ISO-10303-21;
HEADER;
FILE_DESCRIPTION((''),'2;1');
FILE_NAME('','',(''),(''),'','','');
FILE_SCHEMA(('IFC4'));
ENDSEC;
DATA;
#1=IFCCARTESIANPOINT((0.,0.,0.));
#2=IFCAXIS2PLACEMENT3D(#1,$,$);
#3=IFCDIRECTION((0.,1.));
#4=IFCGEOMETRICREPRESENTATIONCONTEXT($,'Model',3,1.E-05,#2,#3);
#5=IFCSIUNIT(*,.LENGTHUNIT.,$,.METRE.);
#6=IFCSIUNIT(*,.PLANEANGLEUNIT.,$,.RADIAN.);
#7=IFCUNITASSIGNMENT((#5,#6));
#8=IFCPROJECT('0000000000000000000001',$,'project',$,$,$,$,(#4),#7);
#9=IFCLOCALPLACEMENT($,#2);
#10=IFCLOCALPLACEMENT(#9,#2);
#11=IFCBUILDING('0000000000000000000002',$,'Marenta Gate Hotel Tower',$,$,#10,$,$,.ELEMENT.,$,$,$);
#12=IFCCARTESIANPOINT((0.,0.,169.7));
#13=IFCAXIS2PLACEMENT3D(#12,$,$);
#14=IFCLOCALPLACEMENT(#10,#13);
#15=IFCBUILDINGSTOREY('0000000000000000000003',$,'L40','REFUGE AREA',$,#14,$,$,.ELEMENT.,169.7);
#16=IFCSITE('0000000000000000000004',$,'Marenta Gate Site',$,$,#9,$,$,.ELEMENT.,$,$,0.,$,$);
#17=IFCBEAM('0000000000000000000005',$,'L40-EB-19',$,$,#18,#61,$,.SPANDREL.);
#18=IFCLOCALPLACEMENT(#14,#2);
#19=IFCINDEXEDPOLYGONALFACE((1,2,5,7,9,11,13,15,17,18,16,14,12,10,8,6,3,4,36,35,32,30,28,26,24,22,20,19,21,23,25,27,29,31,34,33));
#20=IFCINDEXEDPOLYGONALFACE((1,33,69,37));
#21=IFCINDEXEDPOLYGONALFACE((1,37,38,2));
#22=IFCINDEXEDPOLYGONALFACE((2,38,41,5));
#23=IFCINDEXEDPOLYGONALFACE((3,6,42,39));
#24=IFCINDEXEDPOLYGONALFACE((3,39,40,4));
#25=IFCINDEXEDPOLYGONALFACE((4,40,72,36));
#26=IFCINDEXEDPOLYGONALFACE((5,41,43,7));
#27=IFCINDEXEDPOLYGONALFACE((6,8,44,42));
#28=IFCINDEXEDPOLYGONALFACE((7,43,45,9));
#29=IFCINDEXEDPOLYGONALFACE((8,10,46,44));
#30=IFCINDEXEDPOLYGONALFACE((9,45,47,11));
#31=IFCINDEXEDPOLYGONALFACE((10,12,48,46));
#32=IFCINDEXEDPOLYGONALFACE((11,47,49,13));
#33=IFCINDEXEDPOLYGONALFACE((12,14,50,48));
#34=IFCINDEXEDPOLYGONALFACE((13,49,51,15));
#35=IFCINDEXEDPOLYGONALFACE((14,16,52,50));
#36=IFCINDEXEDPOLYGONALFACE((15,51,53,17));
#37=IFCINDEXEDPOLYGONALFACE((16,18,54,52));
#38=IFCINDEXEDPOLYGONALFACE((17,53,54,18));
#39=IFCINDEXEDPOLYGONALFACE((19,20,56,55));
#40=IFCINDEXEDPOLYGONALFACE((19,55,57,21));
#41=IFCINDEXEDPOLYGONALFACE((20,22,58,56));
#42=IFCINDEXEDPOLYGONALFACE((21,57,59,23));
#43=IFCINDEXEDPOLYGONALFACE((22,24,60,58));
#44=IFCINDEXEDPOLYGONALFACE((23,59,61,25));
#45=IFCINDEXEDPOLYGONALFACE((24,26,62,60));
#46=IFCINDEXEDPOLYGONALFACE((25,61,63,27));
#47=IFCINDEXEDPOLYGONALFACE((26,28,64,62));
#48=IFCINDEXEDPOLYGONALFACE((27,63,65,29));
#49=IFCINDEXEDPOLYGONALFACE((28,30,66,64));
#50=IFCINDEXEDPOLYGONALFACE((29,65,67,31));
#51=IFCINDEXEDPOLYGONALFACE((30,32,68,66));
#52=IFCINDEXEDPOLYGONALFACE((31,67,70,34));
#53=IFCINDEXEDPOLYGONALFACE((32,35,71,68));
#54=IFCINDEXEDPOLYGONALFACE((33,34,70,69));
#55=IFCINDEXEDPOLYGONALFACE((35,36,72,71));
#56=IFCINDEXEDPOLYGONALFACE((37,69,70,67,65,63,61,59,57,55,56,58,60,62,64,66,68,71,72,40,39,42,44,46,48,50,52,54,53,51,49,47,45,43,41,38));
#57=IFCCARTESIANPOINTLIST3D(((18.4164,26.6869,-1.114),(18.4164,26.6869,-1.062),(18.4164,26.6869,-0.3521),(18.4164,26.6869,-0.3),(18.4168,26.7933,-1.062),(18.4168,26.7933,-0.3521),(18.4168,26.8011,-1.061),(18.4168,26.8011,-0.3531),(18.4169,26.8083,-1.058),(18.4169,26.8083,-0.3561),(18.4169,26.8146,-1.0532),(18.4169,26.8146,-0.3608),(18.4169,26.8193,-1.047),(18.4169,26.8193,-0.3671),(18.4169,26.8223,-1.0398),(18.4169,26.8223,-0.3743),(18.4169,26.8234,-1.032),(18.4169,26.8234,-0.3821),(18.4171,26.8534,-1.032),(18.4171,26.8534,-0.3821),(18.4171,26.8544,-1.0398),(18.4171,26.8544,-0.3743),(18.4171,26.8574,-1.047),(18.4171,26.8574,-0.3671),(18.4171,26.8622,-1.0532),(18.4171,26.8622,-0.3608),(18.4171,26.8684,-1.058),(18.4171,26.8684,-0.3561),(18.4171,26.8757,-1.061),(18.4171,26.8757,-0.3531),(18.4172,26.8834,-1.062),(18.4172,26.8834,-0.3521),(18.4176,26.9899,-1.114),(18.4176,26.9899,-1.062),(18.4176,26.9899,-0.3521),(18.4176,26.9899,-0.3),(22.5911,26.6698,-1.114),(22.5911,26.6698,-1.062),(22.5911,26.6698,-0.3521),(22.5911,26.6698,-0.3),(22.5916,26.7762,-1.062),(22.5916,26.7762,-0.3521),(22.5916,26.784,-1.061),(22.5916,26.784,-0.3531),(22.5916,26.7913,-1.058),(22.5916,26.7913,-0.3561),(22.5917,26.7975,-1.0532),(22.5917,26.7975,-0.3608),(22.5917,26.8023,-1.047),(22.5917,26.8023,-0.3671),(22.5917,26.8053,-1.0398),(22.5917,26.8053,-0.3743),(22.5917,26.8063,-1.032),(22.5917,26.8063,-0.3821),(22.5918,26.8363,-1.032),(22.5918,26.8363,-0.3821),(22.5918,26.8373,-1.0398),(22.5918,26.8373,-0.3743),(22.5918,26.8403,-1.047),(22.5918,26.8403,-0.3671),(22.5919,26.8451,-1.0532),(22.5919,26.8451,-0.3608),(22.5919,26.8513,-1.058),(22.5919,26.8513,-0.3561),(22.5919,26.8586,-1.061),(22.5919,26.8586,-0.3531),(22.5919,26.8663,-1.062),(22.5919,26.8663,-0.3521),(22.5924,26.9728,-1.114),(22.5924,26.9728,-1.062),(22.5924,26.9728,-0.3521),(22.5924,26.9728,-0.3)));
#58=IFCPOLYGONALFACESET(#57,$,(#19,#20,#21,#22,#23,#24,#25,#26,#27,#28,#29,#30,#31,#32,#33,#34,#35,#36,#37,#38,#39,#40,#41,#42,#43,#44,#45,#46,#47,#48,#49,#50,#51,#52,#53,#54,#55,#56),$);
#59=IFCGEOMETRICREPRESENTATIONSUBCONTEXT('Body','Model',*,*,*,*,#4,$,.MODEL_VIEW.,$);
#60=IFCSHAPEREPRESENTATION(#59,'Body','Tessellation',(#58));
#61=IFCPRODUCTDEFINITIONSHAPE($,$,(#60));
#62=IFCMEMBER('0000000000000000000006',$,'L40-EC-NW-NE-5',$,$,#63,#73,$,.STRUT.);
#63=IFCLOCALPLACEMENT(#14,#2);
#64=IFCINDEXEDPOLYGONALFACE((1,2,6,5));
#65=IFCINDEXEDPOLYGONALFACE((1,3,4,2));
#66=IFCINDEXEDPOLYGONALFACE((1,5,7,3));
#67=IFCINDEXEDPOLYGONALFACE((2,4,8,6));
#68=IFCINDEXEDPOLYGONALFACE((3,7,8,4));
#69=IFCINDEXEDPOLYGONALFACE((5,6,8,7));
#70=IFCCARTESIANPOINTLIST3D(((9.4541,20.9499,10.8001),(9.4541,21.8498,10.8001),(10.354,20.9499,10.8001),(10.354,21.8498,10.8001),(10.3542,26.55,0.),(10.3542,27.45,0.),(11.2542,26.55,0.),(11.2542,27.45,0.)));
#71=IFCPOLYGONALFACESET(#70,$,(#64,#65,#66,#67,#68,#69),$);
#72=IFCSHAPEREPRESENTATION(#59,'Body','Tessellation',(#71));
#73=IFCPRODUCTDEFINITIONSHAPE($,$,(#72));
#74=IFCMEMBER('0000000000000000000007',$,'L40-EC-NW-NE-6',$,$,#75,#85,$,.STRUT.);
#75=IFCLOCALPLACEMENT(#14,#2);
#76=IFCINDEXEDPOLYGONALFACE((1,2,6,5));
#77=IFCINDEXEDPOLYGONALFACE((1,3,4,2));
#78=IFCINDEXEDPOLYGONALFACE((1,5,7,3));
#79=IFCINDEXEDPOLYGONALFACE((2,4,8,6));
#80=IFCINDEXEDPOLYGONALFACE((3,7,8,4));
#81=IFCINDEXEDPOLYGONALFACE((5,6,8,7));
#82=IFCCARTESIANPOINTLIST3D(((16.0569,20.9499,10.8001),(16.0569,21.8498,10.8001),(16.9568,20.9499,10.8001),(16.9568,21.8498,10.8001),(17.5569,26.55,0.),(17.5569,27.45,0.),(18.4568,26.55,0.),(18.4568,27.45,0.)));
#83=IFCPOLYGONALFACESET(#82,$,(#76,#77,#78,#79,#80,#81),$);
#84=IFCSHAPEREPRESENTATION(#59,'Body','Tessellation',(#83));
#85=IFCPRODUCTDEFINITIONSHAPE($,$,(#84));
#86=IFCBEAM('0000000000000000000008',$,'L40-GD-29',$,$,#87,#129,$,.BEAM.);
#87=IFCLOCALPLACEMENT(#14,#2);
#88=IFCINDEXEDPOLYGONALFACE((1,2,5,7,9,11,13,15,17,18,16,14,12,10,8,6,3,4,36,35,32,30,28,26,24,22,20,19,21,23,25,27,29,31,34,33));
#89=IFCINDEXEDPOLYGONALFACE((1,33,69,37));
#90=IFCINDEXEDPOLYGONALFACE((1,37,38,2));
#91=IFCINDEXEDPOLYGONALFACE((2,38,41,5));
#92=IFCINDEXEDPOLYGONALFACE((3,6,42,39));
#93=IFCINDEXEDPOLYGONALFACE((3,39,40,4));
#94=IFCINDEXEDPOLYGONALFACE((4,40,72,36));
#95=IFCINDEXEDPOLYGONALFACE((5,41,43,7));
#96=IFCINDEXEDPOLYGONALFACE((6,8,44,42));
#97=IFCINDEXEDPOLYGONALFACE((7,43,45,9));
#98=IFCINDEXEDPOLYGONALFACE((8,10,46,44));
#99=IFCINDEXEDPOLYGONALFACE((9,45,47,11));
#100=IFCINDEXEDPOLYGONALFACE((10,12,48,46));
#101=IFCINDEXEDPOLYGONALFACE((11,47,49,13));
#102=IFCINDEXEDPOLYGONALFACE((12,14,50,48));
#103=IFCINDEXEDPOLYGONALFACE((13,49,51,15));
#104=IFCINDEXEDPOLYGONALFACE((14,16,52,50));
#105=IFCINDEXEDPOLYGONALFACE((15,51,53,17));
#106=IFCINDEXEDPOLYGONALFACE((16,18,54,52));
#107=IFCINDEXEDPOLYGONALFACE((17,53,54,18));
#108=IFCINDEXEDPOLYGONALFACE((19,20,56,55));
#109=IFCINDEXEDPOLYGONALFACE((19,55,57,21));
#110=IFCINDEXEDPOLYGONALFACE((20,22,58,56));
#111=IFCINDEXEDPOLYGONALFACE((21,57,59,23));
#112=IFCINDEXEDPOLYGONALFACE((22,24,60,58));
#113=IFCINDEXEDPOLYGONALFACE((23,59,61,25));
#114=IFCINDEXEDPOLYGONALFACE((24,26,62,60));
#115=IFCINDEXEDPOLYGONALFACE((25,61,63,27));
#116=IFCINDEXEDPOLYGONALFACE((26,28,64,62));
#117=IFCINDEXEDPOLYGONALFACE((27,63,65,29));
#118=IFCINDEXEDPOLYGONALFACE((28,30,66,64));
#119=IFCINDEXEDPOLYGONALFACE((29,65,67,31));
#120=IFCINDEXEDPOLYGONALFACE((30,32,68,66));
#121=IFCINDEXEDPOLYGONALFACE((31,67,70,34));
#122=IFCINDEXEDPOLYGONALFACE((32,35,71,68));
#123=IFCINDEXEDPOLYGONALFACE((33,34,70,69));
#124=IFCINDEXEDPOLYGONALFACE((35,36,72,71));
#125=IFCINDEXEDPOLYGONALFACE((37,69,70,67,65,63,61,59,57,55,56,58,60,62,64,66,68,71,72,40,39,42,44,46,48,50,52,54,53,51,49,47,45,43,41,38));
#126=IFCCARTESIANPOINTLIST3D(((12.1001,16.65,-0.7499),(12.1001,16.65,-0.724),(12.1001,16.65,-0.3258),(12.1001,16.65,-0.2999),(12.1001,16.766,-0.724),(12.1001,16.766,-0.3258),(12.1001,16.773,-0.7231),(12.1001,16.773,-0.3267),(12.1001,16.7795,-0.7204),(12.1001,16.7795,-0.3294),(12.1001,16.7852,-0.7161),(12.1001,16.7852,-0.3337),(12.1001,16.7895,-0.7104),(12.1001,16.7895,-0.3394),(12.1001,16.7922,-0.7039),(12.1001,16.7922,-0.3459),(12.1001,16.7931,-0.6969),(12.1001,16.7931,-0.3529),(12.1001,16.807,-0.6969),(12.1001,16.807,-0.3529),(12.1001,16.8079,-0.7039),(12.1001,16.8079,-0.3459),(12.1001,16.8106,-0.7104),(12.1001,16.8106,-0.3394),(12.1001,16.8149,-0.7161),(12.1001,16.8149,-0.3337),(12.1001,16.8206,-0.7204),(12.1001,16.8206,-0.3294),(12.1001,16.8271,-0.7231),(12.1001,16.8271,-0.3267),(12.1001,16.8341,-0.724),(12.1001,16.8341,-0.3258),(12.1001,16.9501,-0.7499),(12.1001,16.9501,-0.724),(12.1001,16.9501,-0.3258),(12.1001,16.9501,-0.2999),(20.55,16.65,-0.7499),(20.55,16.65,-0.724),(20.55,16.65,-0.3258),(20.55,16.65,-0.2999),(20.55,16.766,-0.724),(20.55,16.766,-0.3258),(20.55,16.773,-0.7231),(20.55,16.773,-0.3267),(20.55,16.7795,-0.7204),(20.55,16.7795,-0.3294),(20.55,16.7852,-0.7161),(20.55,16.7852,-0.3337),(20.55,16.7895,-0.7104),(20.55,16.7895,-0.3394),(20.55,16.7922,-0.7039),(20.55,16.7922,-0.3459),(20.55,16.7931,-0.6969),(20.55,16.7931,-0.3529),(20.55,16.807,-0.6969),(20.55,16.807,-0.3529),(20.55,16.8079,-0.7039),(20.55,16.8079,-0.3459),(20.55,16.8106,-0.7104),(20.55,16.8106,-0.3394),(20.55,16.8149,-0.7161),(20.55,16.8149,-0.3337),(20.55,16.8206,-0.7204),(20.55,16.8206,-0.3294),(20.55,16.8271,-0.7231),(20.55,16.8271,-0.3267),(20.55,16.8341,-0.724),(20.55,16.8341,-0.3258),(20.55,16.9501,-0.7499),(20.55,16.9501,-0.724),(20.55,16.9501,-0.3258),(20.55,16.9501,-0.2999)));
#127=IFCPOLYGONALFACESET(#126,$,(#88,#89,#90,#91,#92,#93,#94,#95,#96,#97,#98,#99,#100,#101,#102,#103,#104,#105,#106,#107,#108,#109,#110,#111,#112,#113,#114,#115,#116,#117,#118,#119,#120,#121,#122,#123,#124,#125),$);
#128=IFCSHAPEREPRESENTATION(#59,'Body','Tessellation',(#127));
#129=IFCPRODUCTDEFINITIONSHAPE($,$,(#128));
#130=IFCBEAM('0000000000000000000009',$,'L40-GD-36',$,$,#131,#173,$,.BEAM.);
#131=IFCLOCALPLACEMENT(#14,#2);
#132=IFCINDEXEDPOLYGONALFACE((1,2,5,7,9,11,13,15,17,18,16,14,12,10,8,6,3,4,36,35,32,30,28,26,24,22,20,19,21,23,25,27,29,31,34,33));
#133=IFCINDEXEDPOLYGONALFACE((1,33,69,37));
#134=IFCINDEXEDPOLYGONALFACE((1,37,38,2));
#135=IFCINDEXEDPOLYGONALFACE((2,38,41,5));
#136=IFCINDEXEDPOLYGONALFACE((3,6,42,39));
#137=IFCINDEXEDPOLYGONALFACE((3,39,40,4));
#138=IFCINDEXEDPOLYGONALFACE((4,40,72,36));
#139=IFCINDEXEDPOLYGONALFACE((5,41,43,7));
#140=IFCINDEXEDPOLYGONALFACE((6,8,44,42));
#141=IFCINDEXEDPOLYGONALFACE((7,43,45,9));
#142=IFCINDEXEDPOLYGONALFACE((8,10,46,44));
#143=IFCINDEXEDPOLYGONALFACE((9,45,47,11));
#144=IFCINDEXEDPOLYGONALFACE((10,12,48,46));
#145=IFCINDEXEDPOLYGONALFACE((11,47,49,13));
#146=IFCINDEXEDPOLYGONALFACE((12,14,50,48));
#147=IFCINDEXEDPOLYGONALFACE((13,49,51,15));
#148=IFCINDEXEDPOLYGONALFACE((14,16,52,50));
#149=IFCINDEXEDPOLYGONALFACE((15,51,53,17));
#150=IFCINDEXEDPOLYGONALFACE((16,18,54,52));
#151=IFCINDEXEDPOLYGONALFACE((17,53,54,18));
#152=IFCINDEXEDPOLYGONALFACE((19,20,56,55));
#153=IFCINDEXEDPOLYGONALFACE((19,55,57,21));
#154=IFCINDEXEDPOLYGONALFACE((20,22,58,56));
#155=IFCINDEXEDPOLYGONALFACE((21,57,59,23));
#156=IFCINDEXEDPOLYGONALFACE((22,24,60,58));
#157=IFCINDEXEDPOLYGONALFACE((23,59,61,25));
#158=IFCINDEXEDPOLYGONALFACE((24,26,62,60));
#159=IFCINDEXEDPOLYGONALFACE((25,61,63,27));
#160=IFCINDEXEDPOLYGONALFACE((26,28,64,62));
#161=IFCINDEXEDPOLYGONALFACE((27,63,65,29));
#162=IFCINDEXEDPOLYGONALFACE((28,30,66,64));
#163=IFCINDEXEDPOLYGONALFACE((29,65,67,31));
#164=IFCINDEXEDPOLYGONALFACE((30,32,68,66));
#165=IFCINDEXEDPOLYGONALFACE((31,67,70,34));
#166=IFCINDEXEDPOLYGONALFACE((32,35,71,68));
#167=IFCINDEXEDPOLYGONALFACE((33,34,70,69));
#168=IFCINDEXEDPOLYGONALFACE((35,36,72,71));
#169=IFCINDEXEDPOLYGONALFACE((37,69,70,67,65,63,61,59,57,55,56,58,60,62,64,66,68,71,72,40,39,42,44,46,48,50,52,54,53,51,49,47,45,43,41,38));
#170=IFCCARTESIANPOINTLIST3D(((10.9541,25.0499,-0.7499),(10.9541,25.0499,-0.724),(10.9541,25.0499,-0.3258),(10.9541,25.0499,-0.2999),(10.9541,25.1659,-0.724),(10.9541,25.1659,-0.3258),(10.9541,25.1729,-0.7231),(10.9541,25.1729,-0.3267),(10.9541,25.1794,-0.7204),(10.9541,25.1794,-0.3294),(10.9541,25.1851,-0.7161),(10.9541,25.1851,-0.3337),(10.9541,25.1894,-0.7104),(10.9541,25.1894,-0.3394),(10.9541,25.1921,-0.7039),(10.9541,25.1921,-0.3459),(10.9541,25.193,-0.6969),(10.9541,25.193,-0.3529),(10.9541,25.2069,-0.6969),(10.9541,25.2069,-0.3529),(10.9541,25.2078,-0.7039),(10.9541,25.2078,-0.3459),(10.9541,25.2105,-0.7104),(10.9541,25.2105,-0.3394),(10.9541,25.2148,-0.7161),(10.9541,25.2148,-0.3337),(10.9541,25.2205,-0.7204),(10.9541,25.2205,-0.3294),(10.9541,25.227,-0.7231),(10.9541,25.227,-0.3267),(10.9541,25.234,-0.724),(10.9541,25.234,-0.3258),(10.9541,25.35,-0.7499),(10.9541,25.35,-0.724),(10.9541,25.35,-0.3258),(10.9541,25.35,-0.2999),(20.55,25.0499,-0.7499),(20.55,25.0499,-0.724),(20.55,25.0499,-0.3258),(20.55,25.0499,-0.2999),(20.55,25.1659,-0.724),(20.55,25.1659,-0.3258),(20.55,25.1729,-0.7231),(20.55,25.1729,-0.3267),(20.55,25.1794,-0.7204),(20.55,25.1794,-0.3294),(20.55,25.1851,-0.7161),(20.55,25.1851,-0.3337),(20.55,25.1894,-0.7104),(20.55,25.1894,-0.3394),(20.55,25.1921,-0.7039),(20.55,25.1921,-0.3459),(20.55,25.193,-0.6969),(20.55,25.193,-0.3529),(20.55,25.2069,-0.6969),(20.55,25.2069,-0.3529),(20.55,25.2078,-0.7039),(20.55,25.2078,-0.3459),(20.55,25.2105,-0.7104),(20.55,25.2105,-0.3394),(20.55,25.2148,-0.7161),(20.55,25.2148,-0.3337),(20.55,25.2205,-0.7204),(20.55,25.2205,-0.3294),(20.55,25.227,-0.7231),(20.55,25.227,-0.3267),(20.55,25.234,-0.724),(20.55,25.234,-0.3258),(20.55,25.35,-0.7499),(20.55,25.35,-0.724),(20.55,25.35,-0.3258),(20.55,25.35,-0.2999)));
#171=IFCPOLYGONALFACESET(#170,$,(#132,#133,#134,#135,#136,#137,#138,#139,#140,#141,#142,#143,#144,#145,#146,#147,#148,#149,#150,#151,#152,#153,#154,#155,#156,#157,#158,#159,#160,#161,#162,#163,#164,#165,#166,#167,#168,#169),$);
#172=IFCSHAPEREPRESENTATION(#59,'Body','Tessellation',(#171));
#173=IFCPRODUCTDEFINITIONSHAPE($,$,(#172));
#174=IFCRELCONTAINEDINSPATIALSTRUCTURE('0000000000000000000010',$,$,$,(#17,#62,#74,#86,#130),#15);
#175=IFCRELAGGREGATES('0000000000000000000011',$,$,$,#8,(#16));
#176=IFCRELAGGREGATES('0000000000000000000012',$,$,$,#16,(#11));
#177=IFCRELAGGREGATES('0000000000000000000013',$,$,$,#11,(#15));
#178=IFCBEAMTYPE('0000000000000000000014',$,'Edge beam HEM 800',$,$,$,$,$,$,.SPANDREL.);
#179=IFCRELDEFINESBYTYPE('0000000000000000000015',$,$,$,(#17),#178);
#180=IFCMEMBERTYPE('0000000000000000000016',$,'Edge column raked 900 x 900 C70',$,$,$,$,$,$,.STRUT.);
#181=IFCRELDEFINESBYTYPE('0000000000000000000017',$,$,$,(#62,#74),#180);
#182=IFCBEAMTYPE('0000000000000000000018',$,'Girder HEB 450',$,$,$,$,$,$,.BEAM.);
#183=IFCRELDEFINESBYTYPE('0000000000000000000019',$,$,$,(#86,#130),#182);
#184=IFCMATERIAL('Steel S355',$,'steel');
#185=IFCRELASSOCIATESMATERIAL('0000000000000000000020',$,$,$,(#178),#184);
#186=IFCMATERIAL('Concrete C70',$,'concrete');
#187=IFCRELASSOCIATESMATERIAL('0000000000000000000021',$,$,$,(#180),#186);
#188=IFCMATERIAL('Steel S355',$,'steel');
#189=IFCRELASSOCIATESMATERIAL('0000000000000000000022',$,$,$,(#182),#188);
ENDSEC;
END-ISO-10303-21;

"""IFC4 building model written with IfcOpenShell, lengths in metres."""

from ifc_helpers import new_model, si_unit, direction, frame, origin, origin_2d, place, context, subcontext, project, spatial, rectangle, i_section, extrude, material, material_profile, profile_set, type_object, element, save


model = new_model("IFC4")

# Units and contexts
model_context = context("Model", 3, precision=1e-05, world=origin(), true_north=direction((0.0, 1.0)))
body_context = subcontext(model_context, "Body", "Model", "MODEL_VIEW")
ifc_project = project(units=[si_unit("LENGTHUNIT", "METRE"), si_unit("PLANEANGLEUNIT", "RADIAN")], contexts=[model_context])

# Site, building, storey
site_placement = place(None, origin())
site = spatial("IfcSite", under=ifc_project, at=site_placement, Name="Marenta Gate Site", CompositionType="ELEMENT", RefElevation=0.0)
building_placement = place(site_placement, origin())
building = spatial("IfcBuilding", under=site, at=building_placement, Name="Marenta Gate Hotel Tower", CompositionType="ELEMENT")
storey_placement = place(building_placement, frame((0.0, 0.0, 169.7)))
storey = spatial("IfcBuildingStorey", under=building, at=storey_placement, Name="L40", Description="REFUGE AREA", CompositionType="ELEMENT", Elevation=169.7)

# Beam
ifc_material_1 = material(Name="Steel S355", Category="steel")
ifc_material_profile_1 = material_profile(ifc_material_1, i_section(OverallWidth=0.303, OverallDepth=0.814, WebThickness=0.03, FlangeThickness=0.052, FilletRadius=0.03, at=origin_2d()), Name="HEM 800")
ifc_profile_set_1 = profile_set([ifc_material_profile_1], Name="Steel S355")
beam_type_1 = type_object("IfcBeamType", Name="Edge beam HEM 800", PredefinedType="SPANDREL", material=ifc_profile_set_1)
beam_1_placement = place(storey_placement, frame((18.417, 26.8384, -0.707), z_axis=(0.999992, -0.004094, 0.0), x_axis=(0.004094, 0.999992, 0.0)))
element("IfcBeam", 1, at=beam_1_placement, inside=storey, type_object=beam_type_1, Name="L40-EB-19", PredefinedType="SPANDREL", context=body_context, shape_type="SweptSolid", body=[
    extrude(i_section(OverallWidth=0.303, OverallDepth=0.814, WebThickness=0.03, FlangeThickness=0.052, FilletRadius=0.03, at=origin_2d()), origin(), (0.0, 0.0, 1.0), 4.1748),
])

# Members
ifc_material_2 = material(Name="Concrete C70", Category="concrete")
ifc_material_profile_2 = material_profile(ifc_material_2, rectangle(XDim=0.8999, YDim=0.8999, at=origin_2d()), Name="900 x 900")
ifc_profile_set_2 = profile_set([ifc_material_profile_2], Name="Concrete C70")
member_type = type_object("IfcMemberType", Name="Edge column raked 900 x 900 C70", PredefinedType="STRUT", material=ifc_profile_set_2)
member_1_placement = place(storey_placement, frame((10.8042, 27.0, 0.0), z_axis=(0.0, 0.0, 1.0), x_axis=(1.0, 0.0, 0.0)))
element("IfcMember", 2, at=member_1_placement, inside=storey, type_object=member_type, Name="L40-EC-NW-NE-5", PredefinedType="STRUT", context=body_context, shape_type="SweptSolid", body=[
    extrude(rectangle(XDim=0.8999, YDim=0.8999, at=origin_2d()), origin(), (-0.073789, -0.459067, 0.885332), 12.199),
])
member_2_placement = place(storey_placement, frame((18.0068, 27.0, 0.0), z_axis=(0.0, 0.0, 1.0), x_axis=(1.0, 0.0, 0.0)))
element("IfcMember", 3, at=member_2_placement, inside=storey, type_object=member_type, Name="L40-EC-NW-NE-6", PredefinedType="STRUT", context=body_context, shape_type="SweptSolid", body=[
    extrude(rectangle(XDim=0.8999, YDim=0.8999, at=origin_2d()), origin(), (-0.122372, -0.456862, 0.88108), 12.2578),
])

# Beams
ifc_material_3 = material(Name="Steel S355", Category="steel")
ifc_material_profile_3 = material_profile(ifc_material_3, i_section(OverallWidth=0.3, OverallDepth=0.45, WebThickness=0.0139, FlangeThickness=0.0259, FilletRadius=0.0271, at=origin_2d()), Name="HEB 450")
ifc_profile_set_3 = profile_set([ifc_material_profile_3], Name="Steel S355")
beam_type_2 = type_object("IfcBeamType", Name="Girder HEB 450", PredefinedType="BEAM", material=ifc_profile_set_3)
beam_2_placement = place(storey_placement, frame((12.1001, 16.8, -0.5249), z_axis=(1.0, 0.0, 0.0), x_axis=(0.0, 1.0, 0.0)))
element("IfcBeam", 4, at=beam_2_placement, inside=storey, type_object=beam_type_2, Name="L40-GD-29", PredefinedType="BEAM", context=body_context, shape_type="SweptSolid", body=[
    extrude(i_section(OverallWidth=0.3, OverallDepth=0.45, WebThickness=0.0139, FlangeThickness=0.0259, FilletRadius=0.0271, at=origin_2d()), origin(), (0.0, 0.0, 1.0), 8.45),
])
beam_3_placement = place(storey_placement, frame((10.9541, 25.2, -0.5249), z_axis=(1.0, 0.0, 0.0), x_axis=(0.0, 1.0, 0.0)))
element("IfcBeam", 5, at=beam_3_placement, inside=storey, type_object=beam_type_2, Name="L40-GD-36", PredefinedType="BEAM", context=body_context, shape_type="SweptSolid", body=[
    extrude(i_section(OverallWidth=0.3, OverallDepth=0.45, WebThickness=0.0139, FlangeThickness=0.0259, FilletRadius=0.0271, at=origin_2d()), origin(), (0.0, 0.0, 1.0), 9.5959),
])

save(model, "model.ifc")
